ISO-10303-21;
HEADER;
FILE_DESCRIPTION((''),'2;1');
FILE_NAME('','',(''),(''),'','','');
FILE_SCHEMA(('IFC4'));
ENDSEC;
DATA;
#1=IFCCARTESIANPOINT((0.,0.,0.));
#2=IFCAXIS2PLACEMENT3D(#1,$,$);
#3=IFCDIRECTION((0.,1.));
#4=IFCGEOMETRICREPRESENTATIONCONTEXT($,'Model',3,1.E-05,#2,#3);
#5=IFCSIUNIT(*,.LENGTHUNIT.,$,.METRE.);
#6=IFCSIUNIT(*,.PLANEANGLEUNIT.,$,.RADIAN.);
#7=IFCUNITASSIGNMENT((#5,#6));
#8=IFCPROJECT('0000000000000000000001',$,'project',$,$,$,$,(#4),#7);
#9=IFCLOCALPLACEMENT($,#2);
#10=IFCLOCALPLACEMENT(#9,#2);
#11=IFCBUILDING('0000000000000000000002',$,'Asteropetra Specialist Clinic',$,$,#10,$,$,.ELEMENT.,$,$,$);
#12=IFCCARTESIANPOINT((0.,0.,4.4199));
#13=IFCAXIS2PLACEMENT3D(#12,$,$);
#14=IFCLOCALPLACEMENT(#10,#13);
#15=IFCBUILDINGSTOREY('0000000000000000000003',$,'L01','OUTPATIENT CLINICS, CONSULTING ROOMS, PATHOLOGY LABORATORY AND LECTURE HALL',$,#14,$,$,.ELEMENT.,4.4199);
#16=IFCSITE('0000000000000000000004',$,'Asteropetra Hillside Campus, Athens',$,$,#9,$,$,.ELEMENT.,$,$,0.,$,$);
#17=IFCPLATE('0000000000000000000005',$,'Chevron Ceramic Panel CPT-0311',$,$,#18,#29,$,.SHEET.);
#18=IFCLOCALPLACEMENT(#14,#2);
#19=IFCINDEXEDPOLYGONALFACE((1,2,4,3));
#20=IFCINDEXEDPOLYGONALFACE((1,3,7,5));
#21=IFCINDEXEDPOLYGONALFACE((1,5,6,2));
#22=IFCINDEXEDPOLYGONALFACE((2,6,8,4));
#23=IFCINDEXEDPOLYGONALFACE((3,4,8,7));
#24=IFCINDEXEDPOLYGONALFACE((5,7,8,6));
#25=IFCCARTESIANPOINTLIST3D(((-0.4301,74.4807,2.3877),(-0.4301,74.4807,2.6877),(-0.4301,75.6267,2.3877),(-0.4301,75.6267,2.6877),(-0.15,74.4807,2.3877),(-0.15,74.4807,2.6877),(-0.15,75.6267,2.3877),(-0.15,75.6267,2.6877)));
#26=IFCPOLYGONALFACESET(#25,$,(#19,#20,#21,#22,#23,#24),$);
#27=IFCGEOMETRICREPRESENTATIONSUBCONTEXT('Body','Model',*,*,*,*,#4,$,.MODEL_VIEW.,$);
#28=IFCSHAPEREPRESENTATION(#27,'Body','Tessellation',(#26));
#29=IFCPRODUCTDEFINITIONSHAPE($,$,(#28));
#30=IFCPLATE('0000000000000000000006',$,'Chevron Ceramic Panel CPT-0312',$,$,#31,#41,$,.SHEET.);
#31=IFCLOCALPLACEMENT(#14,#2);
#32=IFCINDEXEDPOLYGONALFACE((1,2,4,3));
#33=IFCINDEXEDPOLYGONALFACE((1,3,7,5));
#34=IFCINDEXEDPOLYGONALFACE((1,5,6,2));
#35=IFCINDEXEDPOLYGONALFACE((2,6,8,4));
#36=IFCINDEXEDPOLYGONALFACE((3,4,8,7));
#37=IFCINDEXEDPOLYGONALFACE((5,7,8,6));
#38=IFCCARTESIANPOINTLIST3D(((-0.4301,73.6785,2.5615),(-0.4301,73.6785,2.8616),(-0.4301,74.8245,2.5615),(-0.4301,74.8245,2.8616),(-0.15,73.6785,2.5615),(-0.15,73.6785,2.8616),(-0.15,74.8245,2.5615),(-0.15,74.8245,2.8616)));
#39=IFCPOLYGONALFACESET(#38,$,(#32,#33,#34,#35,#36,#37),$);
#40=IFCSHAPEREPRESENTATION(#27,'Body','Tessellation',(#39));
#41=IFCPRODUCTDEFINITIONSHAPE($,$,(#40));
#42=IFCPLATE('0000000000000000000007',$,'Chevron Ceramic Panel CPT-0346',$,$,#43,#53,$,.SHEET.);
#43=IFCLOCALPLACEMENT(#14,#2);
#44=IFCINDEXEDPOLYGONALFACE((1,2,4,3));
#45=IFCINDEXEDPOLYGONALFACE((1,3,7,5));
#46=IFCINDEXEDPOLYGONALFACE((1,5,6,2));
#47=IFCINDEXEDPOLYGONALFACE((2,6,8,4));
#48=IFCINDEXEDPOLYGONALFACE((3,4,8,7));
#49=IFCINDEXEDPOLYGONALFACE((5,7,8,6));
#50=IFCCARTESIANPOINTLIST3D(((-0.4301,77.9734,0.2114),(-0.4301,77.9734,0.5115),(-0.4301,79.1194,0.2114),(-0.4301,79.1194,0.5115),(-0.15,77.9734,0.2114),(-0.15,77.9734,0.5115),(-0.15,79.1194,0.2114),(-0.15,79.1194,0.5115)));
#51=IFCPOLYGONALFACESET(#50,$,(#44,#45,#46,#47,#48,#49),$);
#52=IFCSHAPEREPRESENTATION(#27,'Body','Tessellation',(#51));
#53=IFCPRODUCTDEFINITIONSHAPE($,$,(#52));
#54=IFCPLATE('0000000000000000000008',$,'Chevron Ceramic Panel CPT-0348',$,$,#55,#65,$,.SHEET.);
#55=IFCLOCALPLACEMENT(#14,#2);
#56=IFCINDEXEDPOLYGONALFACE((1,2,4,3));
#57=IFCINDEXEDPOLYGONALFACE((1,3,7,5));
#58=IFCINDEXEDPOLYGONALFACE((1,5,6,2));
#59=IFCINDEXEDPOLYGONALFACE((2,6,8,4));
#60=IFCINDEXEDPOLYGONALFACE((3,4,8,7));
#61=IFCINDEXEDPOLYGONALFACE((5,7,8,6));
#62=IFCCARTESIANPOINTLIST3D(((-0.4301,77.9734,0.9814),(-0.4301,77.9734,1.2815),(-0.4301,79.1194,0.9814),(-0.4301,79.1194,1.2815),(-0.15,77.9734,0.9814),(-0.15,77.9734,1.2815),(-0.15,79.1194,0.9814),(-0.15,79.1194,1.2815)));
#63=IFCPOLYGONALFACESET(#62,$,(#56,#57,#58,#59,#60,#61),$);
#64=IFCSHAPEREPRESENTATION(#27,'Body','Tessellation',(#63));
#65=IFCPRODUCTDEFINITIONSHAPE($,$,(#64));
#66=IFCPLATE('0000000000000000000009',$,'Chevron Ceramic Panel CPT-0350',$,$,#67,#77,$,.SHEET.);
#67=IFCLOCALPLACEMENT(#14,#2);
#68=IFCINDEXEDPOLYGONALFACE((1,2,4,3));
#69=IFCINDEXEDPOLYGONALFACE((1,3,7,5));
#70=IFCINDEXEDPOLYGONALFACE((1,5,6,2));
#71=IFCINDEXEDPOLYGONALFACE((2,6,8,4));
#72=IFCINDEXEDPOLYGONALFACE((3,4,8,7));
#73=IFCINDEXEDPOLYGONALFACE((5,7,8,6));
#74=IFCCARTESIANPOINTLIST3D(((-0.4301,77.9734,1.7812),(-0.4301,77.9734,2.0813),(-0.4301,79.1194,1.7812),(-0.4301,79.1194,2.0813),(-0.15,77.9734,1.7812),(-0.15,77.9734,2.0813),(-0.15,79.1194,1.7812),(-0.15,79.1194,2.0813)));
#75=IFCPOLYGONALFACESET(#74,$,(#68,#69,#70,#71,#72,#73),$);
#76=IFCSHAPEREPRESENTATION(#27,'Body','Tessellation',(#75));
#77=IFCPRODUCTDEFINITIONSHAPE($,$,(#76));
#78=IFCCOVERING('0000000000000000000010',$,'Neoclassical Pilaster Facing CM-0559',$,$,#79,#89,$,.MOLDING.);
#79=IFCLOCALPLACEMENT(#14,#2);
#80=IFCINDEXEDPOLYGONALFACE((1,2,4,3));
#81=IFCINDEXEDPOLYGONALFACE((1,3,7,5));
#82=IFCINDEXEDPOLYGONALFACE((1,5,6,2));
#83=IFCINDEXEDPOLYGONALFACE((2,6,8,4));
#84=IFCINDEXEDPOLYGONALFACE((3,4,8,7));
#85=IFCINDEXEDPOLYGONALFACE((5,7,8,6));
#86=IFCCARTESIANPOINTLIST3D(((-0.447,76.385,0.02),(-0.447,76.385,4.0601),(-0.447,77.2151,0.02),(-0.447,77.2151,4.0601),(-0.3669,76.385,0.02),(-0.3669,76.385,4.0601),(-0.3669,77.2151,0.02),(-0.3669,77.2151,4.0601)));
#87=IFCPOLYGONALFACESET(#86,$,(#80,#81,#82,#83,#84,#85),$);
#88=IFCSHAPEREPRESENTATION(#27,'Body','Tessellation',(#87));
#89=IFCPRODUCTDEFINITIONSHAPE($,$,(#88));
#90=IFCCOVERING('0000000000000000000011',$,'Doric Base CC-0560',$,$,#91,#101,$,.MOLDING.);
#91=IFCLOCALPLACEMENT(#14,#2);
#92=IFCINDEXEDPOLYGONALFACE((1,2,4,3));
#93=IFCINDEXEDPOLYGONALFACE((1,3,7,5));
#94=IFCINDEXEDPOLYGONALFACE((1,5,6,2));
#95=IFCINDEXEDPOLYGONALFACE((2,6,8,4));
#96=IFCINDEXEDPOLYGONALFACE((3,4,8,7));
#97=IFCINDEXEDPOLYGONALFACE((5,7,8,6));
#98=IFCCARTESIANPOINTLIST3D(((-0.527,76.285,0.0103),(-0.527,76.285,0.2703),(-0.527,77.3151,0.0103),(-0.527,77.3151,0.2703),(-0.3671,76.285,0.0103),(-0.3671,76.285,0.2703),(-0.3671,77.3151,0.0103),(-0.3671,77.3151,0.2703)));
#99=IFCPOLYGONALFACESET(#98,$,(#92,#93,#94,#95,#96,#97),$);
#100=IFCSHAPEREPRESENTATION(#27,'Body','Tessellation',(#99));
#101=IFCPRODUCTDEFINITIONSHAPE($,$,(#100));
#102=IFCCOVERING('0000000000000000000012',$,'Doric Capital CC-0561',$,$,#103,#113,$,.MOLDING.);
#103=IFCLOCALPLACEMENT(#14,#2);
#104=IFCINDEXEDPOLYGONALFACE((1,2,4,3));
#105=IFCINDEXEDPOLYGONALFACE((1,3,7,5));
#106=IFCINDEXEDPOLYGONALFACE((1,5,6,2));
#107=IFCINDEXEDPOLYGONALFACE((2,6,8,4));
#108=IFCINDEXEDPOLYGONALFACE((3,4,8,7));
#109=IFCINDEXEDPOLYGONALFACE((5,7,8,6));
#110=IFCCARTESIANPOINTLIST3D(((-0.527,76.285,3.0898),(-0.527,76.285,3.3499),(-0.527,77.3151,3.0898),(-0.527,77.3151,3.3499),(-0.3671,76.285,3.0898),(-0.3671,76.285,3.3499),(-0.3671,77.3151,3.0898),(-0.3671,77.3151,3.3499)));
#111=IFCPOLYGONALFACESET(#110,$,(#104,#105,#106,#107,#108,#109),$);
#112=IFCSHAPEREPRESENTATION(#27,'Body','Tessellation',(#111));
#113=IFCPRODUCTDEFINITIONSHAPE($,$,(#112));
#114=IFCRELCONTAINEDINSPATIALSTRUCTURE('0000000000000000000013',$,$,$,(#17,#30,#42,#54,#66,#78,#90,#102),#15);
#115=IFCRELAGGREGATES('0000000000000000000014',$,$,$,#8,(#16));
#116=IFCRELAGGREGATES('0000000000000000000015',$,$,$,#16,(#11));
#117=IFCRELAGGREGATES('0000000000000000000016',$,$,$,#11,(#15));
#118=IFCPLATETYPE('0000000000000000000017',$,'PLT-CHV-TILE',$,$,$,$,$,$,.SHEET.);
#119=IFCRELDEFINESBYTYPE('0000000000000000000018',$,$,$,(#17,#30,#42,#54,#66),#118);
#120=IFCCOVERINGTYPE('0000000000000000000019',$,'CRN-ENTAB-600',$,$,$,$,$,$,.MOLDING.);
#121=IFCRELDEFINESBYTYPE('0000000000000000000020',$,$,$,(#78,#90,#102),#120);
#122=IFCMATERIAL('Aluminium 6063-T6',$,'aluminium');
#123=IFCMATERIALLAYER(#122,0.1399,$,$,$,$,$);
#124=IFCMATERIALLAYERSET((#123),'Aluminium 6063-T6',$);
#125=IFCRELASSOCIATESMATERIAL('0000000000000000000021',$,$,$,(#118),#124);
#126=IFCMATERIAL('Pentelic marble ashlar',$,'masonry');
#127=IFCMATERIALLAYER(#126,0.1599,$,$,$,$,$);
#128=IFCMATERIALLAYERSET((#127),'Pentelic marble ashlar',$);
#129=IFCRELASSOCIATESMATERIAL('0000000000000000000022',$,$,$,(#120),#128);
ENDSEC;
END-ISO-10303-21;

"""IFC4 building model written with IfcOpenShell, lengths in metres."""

from ifc_helpers import new_model, si_unit, direction, frame, origin, origin_2d, place, context, subcontext, project, spatial, rectangle, extrude, material, layer, layer_set, type_object, element, save


model = new_model("IFC4")

# Units and contexts
model_context = context("Model", 3, precision=1e-05, world=origin(), true_north=direction((0.0, 1.0)))
body_context = subcontext(model_context, "Body", "Model", "MODEL_VIEW")
ifc_project = project(units=[si_unit("LENGTHUNIT", "METRE"), si_unit("PLANEANGLEUNIT", "RADIAN")], contexts=[model_context])

# Site, building, storey
site_placement = place(None, origin())
site = spatial("IfcSite", under=ifc_project, at=site_placement, Name="Asteropetra Hillside Campus, Athens", CompositionType="ELEMENT", RefElevation=0.0)
building_placement = place(site_placement, origin())
building = spatial("IfcBuilding", under=site, at=building_placement, Name="Asteropetra Specialist Clinic", CompositionType="ELEMENT")
storey_placement = place(building_placement, frame((0.0, 0.0, 4.4199)))
storey = spatial("IfcBuildingStorey", under=building, at=storey_placement, Name="L01", Description="OUTPATIENT CLINICS, CONSULTING ROOMS, PATHOLOGY LABORATORY AND LECTURE HALL", CompositionType="ELEMENT", Elevation=4.4199)

# Plates
ifc_material_1 = material(Name="Aluminium 6063-T6", Category="aluminium")
ifc_layer_1 = layer(ifc_material_1, 0.1399)
ifc_layer_set_1 = layer_set([ifc_layer_1], Name="Aluminium 6063-T6")
plate_type_1 = type_object("IfcPlateType", Name="PLT-CHV-TILE", PredefinedType="SHEET", material=ifc_layer_set_1)
for number, where, z_axis, x_axis, name in (
    (1, (-0.29, 75.0537, 2.3877), (0.0, 0.0, 1.0), (1.0, 0.0, 0.0), "Chevron Ceramic Panel CPT-0311"),
    (2, (-0.29, 74.2515, 2.5615), (0.0, 0.0, 1.0), (1.0, 0.0, 0.0), "Chevron Ceramic Panel CPT-0312"),
    (3, (-0.29, 78.5464, 0.2114), (0.0, 0.0, 1.0), (1.0, 0.0, 0.0), "Chevron Ceramic Panel CPT-0346"),
    (4, (-0.29, 78.5464, 0.9814), (0.0, 0.0, 1.0), (1.0, 0.0, 0.0), "Chevron Ceramic Panel CPT-0348"),
    (5, (-0.29, 78.5464, 1.7812), (0.0, 0.0, 1.0), (1.0, 0.0, 0.0), "Chevron Ceramic Panel CPT-0350"),
):
    element("IfcPlate", number, at=place(storey_placement, frame(where, z_axis=z_axis, x_axis=x_axis)), inside=storey, type_object=plate_type_1, Name=name, PredefinedType="SHEET", context=body_context, shape_type="SweptSolid", body=[
        extrude(rectangle(XDim=0.28, YDim=1.146, at=origin_2d()), origin(), (0.0, 0.0, 1.0), 0.3),
    ])

# Coverings
ifc_material_2 = material(Name="Pentelic marble ashlar", Category="masonry")
ifc_layer_2 = layer(ifc_material_2, 0.1599)
ifc_layer_set_2 = layer_set([ifc_layer_2], Name="Pentelic marble ashlar")
covering_type = type_object("IfcCoveringType", Name="CRN-ENTAB-600", PredefinedType="MOLDING", material=ifc_layer_set_2)
covering_placement = place(storey_placement, frame((-0.407, 76.8, 0.02), z_axis=(0.0, 0.0, 1.0), x_axis=(1.0, 0.0, 0.0)))
element("IfcCovering", 6, at=covering_placement, inside=storey, type_object=covering_type, Name="Neoclassical Pilaster Facing CM-0559", PredefinedType="MOLDING", context=body_context, shape_type="SweptSolid", body=[
    extrude(rectangle(XDim=0.0801, YDim=0.8301, at=origin_2d()), origin(), (0.0, 0.0, 1.0), 4.04),
])
for number, where, z_axis, x_axis, name in (
    (7, (-0.447, 76.8, 0.0103), (0.0, 0.0, 1.0), (1.0, 0.0, 0.0), "Doric Base CC-0560"),
    (8, (-0.447, 76.8, 3.0898), (0.0, 0.0, 1.0), (1.0, 0.0, 0.0), "Doric Capital CC-0561"),
):
    element("IfcCovering", number, at=place(storey_placement, frame(where, z_axis=z_axis, x_axis=x_axis)), inside=storey, type_object=covering_type, Name=name, PredefinedType="MOLDING", context=body_context, shape_type="SweptSolid", body=[
        extrude(rectangle(XDim=0.1599, YDim=1.03, at=origin_2d()), origin(), (0.0, 0.0, 1.0), 0.26),
    ])

save(model, "model.ifc")
